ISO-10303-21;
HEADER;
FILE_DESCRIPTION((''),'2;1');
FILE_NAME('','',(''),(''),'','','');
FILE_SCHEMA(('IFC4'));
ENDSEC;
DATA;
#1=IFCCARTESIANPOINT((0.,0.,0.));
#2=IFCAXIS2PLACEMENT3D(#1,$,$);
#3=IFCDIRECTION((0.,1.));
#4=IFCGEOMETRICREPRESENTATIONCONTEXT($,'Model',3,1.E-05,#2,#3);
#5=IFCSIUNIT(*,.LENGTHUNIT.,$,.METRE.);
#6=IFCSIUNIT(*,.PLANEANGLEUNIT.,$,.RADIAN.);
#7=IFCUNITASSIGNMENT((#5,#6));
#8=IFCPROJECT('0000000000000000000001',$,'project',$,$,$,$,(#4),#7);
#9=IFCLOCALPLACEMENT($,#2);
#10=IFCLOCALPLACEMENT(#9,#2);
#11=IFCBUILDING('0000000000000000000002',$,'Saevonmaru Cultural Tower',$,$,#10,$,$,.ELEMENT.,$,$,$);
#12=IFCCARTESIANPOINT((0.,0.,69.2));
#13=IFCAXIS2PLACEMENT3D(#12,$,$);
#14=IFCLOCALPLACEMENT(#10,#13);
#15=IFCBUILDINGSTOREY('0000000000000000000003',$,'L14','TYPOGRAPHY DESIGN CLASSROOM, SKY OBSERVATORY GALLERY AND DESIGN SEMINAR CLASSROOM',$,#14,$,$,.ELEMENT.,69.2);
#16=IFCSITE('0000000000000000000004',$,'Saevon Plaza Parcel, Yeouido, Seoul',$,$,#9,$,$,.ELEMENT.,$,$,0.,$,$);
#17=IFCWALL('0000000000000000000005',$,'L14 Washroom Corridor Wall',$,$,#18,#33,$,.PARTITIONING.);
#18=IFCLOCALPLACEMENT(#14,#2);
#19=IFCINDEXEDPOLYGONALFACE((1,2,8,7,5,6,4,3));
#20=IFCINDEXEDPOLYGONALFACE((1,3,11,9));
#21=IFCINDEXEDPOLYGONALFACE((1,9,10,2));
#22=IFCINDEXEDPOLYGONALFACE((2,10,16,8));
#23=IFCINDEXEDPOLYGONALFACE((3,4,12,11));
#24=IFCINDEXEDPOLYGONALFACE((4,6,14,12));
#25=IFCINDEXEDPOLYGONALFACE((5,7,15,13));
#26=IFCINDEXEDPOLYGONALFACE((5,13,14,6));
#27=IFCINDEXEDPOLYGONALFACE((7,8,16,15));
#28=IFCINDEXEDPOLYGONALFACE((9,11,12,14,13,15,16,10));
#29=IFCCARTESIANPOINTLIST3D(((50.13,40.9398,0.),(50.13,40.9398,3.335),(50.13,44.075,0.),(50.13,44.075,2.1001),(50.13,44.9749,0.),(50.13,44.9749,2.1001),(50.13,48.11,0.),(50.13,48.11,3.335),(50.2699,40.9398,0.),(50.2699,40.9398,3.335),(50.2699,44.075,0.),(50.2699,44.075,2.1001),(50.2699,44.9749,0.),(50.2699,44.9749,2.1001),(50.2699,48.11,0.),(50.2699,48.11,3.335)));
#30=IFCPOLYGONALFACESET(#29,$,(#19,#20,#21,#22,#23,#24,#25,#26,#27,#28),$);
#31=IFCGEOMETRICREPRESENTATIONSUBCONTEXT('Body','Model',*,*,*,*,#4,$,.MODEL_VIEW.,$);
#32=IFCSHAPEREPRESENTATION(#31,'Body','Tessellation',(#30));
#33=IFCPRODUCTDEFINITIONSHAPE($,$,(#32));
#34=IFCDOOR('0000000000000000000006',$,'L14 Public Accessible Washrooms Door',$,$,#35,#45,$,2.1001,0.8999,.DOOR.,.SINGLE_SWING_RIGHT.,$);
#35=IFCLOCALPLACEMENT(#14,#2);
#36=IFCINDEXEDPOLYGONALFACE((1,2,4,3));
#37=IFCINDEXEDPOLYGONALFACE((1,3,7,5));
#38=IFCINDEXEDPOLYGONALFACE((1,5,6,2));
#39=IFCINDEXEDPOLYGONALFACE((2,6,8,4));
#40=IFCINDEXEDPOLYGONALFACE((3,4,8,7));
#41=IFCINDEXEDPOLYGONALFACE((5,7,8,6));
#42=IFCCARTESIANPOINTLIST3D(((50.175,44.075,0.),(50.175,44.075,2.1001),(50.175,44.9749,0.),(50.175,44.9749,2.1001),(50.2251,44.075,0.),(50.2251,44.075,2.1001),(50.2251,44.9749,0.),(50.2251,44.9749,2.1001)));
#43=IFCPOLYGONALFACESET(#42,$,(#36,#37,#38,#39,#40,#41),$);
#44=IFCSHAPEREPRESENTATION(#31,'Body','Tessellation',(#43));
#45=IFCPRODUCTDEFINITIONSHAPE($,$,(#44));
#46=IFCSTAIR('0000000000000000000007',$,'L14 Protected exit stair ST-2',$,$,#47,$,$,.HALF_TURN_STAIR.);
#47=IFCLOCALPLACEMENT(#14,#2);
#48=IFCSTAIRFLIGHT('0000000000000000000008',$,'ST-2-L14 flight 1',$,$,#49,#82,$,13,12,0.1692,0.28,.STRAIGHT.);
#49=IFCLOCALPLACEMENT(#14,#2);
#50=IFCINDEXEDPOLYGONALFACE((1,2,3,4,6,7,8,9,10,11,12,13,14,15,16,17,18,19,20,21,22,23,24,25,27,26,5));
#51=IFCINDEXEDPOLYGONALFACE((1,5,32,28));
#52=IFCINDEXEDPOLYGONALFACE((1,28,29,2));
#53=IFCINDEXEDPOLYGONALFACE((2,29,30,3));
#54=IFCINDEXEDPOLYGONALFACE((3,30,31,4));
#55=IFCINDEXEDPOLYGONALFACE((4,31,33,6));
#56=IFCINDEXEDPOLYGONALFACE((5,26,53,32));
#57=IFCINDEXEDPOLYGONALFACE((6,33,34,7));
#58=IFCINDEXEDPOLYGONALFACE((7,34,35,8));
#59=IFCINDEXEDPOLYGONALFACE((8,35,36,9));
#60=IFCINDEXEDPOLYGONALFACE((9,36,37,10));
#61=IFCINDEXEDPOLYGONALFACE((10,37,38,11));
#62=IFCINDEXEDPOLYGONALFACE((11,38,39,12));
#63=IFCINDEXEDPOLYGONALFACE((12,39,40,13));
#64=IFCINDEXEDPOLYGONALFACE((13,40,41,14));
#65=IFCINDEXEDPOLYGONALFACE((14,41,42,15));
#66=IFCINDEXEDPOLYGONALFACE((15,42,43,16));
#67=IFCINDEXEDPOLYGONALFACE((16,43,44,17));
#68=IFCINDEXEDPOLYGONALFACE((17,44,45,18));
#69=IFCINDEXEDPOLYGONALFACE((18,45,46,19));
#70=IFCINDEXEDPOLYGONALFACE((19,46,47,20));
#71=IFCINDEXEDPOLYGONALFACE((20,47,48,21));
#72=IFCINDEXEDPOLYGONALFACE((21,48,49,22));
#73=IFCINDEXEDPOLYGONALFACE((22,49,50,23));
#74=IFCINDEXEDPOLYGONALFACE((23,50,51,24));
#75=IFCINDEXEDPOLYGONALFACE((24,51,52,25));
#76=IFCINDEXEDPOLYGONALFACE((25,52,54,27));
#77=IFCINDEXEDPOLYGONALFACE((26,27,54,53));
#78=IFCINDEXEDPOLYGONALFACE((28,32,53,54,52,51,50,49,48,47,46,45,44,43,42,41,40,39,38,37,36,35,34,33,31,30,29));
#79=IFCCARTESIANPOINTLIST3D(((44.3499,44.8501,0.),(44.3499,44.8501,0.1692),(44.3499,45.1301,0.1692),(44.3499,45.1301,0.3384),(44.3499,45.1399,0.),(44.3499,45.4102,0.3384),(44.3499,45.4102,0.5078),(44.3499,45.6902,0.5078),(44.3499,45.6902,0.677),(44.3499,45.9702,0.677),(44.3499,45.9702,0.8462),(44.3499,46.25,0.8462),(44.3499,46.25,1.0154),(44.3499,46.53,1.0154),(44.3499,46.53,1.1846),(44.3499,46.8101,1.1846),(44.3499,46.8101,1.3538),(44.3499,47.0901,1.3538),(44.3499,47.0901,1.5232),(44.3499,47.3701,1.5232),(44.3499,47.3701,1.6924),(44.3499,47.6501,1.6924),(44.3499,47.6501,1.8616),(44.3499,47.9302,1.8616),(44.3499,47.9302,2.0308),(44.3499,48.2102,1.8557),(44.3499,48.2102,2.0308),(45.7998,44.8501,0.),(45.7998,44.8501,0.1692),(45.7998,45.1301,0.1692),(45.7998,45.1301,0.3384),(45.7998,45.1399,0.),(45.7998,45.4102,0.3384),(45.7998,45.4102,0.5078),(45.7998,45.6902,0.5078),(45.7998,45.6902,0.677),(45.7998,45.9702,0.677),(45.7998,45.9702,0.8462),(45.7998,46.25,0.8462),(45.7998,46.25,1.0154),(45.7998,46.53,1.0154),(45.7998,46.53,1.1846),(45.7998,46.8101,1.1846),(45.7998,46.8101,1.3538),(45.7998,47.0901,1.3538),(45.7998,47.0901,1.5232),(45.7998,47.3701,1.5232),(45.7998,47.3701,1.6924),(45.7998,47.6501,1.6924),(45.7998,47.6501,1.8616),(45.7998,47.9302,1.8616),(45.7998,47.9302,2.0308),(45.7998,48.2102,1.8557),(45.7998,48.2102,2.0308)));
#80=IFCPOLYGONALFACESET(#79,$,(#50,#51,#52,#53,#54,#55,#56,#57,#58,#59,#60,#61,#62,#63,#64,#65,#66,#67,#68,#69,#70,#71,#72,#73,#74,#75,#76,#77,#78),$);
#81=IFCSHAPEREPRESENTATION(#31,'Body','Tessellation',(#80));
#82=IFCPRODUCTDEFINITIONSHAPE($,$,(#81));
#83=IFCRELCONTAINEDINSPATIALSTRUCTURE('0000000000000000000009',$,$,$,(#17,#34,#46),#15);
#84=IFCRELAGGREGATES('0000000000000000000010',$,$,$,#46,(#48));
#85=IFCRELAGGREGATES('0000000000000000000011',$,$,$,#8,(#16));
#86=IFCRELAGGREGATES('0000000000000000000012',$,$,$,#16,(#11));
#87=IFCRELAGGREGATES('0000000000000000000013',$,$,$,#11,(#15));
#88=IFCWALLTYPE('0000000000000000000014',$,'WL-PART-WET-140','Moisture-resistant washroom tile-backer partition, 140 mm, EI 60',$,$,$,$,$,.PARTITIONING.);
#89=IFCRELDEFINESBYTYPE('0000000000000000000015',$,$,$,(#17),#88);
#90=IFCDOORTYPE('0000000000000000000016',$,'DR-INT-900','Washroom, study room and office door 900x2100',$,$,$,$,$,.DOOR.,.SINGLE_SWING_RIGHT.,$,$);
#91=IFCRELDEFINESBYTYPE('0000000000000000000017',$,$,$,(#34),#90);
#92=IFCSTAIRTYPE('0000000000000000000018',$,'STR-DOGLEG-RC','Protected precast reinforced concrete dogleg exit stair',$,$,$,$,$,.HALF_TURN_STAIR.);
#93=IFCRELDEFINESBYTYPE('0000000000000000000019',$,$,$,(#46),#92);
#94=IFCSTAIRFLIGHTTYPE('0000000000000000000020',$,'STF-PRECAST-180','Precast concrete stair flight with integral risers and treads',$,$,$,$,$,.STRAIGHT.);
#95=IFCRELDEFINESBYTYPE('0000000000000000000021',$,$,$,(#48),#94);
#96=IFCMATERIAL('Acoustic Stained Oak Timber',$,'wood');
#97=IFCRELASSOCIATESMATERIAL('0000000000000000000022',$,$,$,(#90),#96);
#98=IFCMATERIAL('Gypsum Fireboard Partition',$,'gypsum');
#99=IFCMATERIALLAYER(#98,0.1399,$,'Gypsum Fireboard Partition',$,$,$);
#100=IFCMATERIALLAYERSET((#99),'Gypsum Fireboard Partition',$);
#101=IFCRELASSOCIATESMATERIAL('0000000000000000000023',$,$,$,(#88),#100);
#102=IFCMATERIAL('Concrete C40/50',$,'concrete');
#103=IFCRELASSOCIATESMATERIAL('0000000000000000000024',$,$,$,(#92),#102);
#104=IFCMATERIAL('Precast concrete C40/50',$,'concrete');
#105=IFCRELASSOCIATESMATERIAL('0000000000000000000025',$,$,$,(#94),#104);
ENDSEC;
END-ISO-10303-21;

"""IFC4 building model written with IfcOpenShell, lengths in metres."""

from ifc_helpers import new_model, si_unit, direction, frame, frame_2d, origin, place, context, subcontext, project, spatial, polyline, rectangle, outline, extrude, material, layer, layer_set, type_object, element, fill, aggregate, save


model = new_model("IFC4")

# Units and contexts
model_context = context("Model", 3, precision=1e-05, world=origin(), true_north=direction((0.0, 1.0)))
body_context = subcontext(model_context, "Body", "Model", "MODEL_VIEW")
ifc_project = project(units=[si_unit("LENGTHUNIT", "METRE"), si_unit("PLANEANGLEUNIT", "RADIAN")], contexts=[model_context])

# Site, building, storey
site_placement = place(None, origin())
site = spatial("IfcSite", under=ifc_project, at=site_placement, Name="Saevon Plaza Parcel, Yeouido, Seoul", CompositionType="ELEMENT", RefElevation=0.0)
building_placement = place(site_placement, origin())
building = spatial("IfcBuilding", under=site, at=building_placement, Name="Saevonmaru Cultural Tower", CompositionType="ELEMENT")
storey_placement = place(building_placement, frame((0.0, 0.0, 69.2)))
storey = spatial("IfcBuildingStorey", under=building, at=storey_placement, Name="L14", Description="TYPOGRAPHY DESIGN CLASSROOM, SKY OBSERVATORY GALLERY AND DESIGN SEMINAR CLASSROOM", CompositionType="ELEMENT", Elevation=69.2)

# Shared definitions
ifc_material_1 = material(Name="Gypsum Fireboard Partition", Category="gypsum")
ifc_material_2 = material(Name="Acoustic Stained Oak Timber", Category="wood")
door_type_1 = type_object("IfcDoorType", Name="DR-INT-900", Description="Washroom, study room and office door 900x2100", OperationType="SINGLE_SWING_RIGHT", PredefinedType="DOOR", material=ifc_material_2)

# Shared definitions
ifc_layer_1 = layer(ifc_material_1, 0.1399, Name="Gypsum Fireboard Partition")
ifc_layer_set_1 = layer_set([ifc_layer_1], Name="Gypsum Fireboard Partition")
wall_type_1 = type_object("IfcWallType", Name="WL-PART-WET-140", Description="Moisture-resistant washroom tile-backer partition, 140 mm, EI 60", PredefinedType="PARTITIONING", material=ifc_layer_set_1)

# Wall, opening, door
wall_1_placement = place(storey_placement, frame((50.2, 40.9399, 0.0), z_axis=(0.0, 0.0, 1.0), x_axis=(0.0, 1.0, 0.0)))
wall_1 = element("IfcWall", 1, at=wall_1_placement, inside=storey, type_object=wall_type_1, Name="L14 Washroom Corridor Wall", PredefinedType="PARTITIONING", context=body_context, shape_type="SweptSolid", body=[
    extrude(rectangle(XDim=7.1702, YDim=0.1399, at=frame_2d((3.585, 0.0))), origin(), (0.0, 0.0, 1.0), 3.335),
])
opening_1_placement = place(wall_1_placement, frame((3.135, 0.0, 0.0)))
opening_1 = element("IfcOpeningElement", 2, at=opening_1_placement, cuts=wall_1, PredefinedType="OPENING", context=body_context, shape_type="SweptSolid", body=[
    extrude(rectangle(XDim=0.8999, YDim=2.1001, at=frame_2d((0.45, 1.05))), frame((0.0, 0.0801, 0.0), z_axis=(0.0, -1.0, 0.0), x_axis=(1.0, 0.0, 0.0)), (0.0, 0.0, 1.0), 0.1599),
])
door_1_placement = place(opening_1_placement, origin())
door_1 = element("IfcDoor", 3, at=door_1_placement, inside=storey, type_object=door_type_1, Name="L14 Public Accessible Washrooms Door", OperationType="SINGLE_SWING_RIGHT", OverallHeight=2.1001, OverallWidth=0.8999, PredefinedType="DOOR", context=body_context, shape_type="SweptSolid", body=[
    extrude(rectangle(XDim=0.8999, YDim=2.1001, at=frame_2d((0.45, 1.05))), frame((0.0, 0.0249, 0.0), z_axis=(0.0, -1.0, 0.0), x_axis=(1.0, 0.0, 0.0)), (0.0, 0.0, 1.0), 0.05),
])
fill(opening_1, door_1)

# Stair, stair flight
ifc_material_3 = material(Name="Concrete C40/50", Category="concrete")
stair_type = type_object("IfcStairType", Name="STR-DOGLEG-RC", Description="Protected precast reinforced concrete dogleg exit stair", PredefinedType="HALF_TURN_STAIR", material=ifc_material_3)
stair_placement = place(storey_placement, origin())
stair = element("IfcStair", 4, at=stair_placement, inside=storey, type_object=stair_type, Name="L14 Protected exit stair ST-2", PredefinedType="HALF_TURN_STAIR")
ifc_material_4 = material(Name="Precast concrete C40/50", Category="concrete")
stair_flight_type = type_object("IfcStairFlightType", Name="STF-PRECAST-180", Description="Precast concrete stair flight with integral risers and treads", PredefinedType="STRAIGHT", material=ifc_material_4)
stair_flight_placement = place(storey_placement, frame((45.075, 44.8501, 0.0), z_axis=(0.0, 0.0, 1.0), x_axis=(0.0, 1.0, 0.0)))
stair_flight = element("IfcStairFlight", 5, at=stair_flight_placement, type_object=stair_flight_type, Name="ST-2-L14 flight 1", NumberOfRisers=13, NumberOfTreads=12, PredefinedType="STRAIGHT", RiserHeight=0.1692, TreadLength=0.28, context=body_context, shape_type="SweptSolid", body=[
    extrude(outline(polyline([(0.0, 0.0), (0.0, 0.1692), (0.28, 0.1692), (0.28, 0.3384), (0.5601, 0.3384), (0.5601, 0.5078), (0.8401, 0.5078), (0.8401, 0.677), (1.1201, 0.677), (1.1201, 0.8462), (1.3999, 0.8462), (1.3999, 1.0154), (1.6799, 1.0154), (1.6799, 1.1846), (1.96, 1.1846), (1.96, 1.3538), (2.24, 1.3538), (2.24, 1.5232), (2.52, 1.5232), (2.52, 1.6924), (2.8, 1.6924), (2.8, 1.8616), (3.0801, 1.8616), (3.0801, 2.0308), (3.3601, 2.0308), (3.3601, 2.2), (3.3601, 1.8557), (0.2898, 0.0), (0.0, 0.0)])), frame((0.0, 0.7251, 0.0), z_axis=(0.0, -1.0, 0.0), x_axis=(1.0, 0.0, 0.0)), (0.0, 0.0, 1.0), 1.45),
])
aggregate(stair, [stair_flight])

save(model, "model.ifc")
